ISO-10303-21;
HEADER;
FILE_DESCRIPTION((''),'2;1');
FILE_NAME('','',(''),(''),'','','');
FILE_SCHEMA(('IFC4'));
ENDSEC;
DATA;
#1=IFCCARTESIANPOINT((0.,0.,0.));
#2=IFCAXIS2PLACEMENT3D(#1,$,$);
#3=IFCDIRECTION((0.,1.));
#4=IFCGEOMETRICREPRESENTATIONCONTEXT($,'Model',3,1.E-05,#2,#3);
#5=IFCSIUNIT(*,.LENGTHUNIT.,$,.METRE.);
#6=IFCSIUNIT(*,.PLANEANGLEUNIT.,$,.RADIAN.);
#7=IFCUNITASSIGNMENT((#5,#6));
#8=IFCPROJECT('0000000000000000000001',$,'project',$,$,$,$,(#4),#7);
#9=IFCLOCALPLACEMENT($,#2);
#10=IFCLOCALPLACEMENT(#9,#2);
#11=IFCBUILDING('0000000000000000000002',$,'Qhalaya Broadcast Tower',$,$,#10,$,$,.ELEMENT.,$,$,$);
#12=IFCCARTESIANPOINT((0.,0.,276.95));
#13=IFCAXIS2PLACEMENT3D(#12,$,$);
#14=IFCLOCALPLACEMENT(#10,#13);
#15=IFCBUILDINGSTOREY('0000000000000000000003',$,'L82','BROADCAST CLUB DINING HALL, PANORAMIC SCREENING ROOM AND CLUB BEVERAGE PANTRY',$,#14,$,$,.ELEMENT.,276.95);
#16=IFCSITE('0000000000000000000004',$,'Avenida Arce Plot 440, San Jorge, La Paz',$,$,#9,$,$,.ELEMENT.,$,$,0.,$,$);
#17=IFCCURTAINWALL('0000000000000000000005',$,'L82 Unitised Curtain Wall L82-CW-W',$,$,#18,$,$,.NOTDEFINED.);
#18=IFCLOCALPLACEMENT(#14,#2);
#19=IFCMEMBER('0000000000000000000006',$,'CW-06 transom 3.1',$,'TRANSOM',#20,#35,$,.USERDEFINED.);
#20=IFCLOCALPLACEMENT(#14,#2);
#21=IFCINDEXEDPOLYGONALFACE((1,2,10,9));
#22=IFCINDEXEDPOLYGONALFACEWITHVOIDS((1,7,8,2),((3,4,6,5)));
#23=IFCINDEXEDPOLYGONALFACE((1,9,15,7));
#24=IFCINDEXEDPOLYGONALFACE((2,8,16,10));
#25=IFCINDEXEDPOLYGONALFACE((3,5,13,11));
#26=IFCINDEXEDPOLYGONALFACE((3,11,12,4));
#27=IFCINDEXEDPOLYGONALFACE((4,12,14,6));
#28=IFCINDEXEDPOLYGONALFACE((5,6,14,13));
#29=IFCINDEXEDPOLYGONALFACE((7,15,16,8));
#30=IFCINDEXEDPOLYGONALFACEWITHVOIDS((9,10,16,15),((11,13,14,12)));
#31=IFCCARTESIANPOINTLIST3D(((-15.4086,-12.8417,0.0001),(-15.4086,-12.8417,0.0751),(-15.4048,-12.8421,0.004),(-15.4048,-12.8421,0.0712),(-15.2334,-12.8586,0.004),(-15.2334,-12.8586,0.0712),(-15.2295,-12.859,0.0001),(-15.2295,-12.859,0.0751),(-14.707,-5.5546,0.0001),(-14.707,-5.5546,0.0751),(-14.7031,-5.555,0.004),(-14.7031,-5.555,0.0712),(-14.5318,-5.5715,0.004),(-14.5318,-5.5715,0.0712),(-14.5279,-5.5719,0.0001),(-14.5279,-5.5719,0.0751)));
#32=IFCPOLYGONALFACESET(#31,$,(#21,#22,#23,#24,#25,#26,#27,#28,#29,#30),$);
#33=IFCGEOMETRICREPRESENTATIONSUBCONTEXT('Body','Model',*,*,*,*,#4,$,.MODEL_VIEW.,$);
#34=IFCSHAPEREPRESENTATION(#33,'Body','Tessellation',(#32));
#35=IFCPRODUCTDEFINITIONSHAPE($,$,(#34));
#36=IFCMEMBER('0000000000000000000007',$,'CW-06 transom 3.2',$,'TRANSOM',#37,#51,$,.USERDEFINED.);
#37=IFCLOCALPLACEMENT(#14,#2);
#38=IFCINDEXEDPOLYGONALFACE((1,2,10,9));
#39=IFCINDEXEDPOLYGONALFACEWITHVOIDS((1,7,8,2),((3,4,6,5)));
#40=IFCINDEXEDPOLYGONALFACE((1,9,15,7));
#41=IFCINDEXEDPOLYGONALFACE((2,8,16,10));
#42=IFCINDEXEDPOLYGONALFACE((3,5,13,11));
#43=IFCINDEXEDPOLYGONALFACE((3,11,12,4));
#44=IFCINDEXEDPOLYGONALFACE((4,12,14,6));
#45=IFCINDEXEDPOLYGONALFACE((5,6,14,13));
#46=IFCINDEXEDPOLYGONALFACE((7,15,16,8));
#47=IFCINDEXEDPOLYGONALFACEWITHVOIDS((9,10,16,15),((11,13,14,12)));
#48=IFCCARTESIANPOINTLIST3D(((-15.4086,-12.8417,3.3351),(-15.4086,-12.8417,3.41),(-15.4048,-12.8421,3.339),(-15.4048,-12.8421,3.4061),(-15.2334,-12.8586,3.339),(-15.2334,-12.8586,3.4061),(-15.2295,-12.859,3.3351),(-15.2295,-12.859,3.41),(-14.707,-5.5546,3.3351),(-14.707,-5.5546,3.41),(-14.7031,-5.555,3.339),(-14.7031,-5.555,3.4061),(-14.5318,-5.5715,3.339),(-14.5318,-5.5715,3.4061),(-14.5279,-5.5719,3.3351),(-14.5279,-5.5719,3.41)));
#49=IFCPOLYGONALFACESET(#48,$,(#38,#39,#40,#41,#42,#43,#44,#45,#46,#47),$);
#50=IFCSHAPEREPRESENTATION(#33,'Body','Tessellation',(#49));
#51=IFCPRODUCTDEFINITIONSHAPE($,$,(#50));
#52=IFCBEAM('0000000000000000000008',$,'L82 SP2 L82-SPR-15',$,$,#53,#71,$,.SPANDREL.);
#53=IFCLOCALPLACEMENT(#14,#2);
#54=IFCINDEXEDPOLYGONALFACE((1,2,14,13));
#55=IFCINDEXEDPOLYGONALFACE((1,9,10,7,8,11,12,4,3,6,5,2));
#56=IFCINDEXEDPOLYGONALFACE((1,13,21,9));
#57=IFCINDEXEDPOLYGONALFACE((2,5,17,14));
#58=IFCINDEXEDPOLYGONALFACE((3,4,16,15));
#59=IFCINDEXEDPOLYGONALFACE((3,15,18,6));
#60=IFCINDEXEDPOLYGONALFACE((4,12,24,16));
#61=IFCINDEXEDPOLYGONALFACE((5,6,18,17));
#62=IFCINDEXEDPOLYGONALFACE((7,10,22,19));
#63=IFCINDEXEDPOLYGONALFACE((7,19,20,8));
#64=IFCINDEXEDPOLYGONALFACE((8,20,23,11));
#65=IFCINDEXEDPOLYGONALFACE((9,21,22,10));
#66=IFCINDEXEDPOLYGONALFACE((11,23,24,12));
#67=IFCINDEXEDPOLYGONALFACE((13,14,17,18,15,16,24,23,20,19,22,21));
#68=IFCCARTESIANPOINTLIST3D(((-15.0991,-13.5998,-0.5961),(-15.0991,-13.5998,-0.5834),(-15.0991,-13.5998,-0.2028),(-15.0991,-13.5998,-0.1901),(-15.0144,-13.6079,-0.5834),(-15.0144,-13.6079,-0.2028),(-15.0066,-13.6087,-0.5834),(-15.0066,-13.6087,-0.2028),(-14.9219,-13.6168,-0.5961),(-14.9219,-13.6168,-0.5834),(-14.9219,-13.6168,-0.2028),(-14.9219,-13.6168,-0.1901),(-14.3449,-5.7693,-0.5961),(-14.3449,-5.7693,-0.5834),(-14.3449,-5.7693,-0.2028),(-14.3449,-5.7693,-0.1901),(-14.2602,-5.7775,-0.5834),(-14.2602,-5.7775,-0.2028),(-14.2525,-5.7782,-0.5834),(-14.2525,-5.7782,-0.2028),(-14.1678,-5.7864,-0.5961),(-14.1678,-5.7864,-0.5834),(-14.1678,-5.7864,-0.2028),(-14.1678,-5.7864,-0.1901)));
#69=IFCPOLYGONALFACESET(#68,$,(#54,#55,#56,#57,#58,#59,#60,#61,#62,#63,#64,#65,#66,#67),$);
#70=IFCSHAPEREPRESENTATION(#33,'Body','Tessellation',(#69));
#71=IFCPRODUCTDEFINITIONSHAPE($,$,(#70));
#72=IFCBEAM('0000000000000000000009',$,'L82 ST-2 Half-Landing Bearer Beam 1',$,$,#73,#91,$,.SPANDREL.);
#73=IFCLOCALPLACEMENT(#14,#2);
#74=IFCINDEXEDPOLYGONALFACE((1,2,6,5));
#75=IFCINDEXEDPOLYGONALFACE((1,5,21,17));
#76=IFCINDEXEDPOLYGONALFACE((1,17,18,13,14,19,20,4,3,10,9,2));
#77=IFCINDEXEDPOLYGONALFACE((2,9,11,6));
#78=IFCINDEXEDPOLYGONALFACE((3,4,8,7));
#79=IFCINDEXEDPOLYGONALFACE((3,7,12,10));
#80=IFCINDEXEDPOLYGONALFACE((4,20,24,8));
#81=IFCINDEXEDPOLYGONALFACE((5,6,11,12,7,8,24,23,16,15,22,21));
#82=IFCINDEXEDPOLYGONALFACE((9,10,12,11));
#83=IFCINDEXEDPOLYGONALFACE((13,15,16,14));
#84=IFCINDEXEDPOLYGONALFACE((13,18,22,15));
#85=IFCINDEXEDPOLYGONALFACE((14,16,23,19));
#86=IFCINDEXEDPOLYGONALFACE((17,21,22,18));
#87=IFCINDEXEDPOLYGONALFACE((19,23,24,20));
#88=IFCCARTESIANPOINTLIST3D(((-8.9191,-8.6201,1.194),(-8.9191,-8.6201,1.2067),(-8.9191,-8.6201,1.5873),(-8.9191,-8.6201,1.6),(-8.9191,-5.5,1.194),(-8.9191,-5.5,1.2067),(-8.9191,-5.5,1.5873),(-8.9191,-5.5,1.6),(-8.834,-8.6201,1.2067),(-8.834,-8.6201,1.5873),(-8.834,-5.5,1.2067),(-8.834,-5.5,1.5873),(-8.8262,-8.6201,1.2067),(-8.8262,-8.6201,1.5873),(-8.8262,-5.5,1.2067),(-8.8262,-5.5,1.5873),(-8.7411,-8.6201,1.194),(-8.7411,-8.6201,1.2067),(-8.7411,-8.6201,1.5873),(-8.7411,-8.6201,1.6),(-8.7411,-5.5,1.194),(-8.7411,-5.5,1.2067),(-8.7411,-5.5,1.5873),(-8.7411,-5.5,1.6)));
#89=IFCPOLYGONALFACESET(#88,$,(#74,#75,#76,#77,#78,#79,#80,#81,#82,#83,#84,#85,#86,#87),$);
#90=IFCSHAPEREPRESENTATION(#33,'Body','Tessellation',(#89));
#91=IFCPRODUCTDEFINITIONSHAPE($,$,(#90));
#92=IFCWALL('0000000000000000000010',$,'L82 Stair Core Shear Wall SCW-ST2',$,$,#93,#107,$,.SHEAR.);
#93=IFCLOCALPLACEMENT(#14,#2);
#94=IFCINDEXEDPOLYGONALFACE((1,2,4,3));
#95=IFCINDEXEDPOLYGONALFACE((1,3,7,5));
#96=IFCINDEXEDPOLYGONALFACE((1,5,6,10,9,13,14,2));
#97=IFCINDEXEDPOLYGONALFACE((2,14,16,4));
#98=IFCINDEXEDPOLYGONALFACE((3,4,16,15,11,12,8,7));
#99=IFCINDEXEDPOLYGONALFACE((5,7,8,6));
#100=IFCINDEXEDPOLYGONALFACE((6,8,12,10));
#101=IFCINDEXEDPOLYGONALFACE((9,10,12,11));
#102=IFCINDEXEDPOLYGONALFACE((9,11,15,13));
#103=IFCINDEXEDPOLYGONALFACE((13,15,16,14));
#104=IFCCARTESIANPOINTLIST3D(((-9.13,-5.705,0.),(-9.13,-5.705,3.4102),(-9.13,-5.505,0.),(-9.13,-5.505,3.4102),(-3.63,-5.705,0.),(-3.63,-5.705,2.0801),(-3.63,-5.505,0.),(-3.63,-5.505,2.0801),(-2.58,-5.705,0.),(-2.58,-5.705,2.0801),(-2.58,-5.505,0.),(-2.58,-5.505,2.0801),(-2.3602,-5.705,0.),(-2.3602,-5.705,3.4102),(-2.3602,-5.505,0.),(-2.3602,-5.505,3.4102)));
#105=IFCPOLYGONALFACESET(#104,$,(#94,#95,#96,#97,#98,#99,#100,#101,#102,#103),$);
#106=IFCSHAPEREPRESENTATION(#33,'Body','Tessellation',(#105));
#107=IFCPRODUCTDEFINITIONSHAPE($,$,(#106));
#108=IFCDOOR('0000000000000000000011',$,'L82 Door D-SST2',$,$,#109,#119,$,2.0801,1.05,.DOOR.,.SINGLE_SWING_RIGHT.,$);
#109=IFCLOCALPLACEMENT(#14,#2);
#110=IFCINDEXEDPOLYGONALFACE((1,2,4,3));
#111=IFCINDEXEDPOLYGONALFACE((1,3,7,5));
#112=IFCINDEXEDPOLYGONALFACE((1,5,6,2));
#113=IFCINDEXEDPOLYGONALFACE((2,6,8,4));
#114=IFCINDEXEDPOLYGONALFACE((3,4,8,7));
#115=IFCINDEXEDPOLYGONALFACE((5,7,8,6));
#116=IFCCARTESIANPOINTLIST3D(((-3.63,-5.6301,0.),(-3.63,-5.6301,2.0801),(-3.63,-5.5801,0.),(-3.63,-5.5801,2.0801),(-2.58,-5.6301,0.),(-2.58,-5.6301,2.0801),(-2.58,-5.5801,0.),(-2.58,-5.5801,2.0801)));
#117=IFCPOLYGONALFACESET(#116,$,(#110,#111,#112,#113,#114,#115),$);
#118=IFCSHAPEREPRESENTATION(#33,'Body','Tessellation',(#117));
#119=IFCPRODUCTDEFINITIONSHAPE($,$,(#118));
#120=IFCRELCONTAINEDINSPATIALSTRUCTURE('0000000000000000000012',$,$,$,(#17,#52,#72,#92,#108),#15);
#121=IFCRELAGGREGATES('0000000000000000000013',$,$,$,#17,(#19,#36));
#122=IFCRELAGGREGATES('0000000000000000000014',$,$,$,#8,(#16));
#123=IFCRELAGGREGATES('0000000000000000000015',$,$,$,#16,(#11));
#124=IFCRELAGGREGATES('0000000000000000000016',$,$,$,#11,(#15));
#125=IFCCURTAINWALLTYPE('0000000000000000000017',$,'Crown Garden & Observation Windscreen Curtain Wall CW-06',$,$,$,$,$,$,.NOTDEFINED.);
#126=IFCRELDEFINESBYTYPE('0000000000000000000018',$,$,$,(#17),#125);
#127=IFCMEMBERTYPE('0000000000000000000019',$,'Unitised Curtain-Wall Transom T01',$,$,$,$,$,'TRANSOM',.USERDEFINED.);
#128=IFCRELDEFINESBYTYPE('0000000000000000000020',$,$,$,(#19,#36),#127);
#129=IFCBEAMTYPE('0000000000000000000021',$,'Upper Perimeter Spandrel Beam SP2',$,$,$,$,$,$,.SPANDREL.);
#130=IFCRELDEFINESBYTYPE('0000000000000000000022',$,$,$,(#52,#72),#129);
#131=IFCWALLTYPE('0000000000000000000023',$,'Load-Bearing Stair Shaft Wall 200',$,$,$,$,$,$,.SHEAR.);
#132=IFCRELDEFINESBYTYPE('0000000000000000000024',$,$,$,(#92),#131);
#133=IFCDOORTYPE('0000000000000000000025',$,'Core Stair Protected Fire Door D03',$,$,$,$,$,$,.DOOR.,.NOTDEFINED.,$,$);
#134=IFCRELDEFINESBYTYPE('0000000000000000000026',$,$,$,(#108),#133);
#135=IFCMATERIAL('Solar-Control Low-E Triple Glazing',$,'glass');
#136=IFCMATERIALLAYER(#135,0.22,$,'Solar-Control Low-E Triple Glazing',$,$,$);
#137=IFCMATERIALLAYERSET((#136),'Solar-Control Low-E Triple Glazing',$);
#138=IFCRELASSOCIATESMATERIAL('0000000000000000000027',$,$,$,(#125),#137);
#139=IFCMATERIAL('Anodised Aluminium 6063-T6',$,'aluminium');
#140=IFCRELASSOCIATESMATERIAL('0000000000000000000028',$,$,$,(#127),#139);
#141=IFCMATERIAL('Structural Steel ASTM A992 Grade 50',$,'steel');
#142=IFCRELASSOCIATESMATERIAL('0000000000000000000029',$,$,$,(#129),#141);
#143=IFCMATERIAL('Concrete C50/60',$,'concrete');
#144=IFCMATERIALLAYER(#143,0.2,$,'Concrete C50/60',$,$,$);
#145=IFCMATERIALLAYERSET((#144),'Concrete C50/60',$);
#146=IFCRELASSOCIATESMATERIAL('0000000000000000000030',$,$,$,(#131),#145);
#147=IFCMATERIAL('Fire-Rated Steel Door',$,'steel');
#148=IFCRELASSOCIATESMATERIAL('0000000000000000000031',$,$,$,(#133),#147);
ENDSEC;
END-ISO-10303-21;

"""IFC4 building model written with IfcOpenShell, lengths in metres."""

from ifc_helpers import new_model, si_unit, direction, frame, frame_2d, origin, origin_2d, place, context, subcontext, project, spatial, rectangle, hollow_rectangle, i_section, extrude, material, layer, layer_set, material_profile, profile_set, type_object, element, fill, aggregate, save


model = new_model("IFC4")

# Units and contexts
model_context = context("Model", 3, precision=1e-05, world=origin(), true_north=direction((0.0, 1.0)))
body_context = subcontext(model_context, "Body", "Model", "MODEL_VIEW")
ifc_project = project(units=[si_unit("LENGTHUNIT", "METRE"), si_unit("PLANEANGLEUNIT", "RADIAN")], contexts=[model_context])

# Site, building, storey
site_placement = place(None, origin())
site = spatial("IfcSite", under=ifc_project, at=site_placement, Name="Avenida Arce Plot 440, San Jorge, La Paz", CompositionType="ELEMENT", RefElevation=0.0)
building_placement = place(site_placement, origin())
building = spatial("IfcBuilding", under=site, at=building_placement, Name="Qhalaya Broadcast Tower", CompositionType="ELEMENT")
storey_placement = place(building_placement, frame((0.0, 0.0, 276.95)))
storey = spatial("IfcBuildingStorey", under=building, at=storey_placement, Name="L82", Description="BROADCAST CLUB DINING HALL, PANORAMIC SCREENING ROOM AND CLUB BEVERAGE PANTRY", CompositionType="ELEMENT", Elevation=276.95)

# Shared definitions
ifc_material_1 = material(Name="Concrete C50/60", Category="concrete")

# Shared definitions
ifc_material_2 = material(Name="Structural Steel ASTM A992 Grade 50", Category="steel")

# Curtain wall, members
ifc_material_3 = material(Name="Solar-Control Low-E Triple Glazing", Category="glass")
ifc_layer_1 = layer(ifc_material_3, 0.22, Name="Solar-Control Low-E Triple Glazing")
ifc_layer_set_1 = layer_set([ifc_layer_1], Name="Solar-Control Low-E Triple Glazing")
curtain_wall_type = type_object("IfcCurtainWallType", Name="Crown Garden & Observation Windscreen Curtain Wall CW-06", PredefinedType="NOTDEFINED", material=ifc_layer_set_1)
curtain_wall_placement = place(storey_placement, origin())
curtain_wall = element("IfcCurtainWall", 1, at=curtain_wall_placement, inside=storey, type_object=curtain_wall_type, Name="L82 Unitised Curtain Wall L82-CW-W", PredefinedType="NOTDEFINED")
ifc_material_4 = material(Name="Anodised Aluminium 6063-T6", Category="aluminium")
ifc_material_profile_1 = material_profile(ifc_material_4, hollow_rectangle(XDim=0.075, YDim=0.1799, WallThickness=0.0039, at=origin_2d()), Name="ALU-TRN 75x180x4")
ifc_profile_set_1 = profile_set([ifc_material_profile_1], Name="Anodised Aluminium 6063-T6")
member_type_1 = type_object("IfcMemberType", Name="Unitised Curtain-Wall Transom T01", ElementType="TRANSOM", PredefinedType="USERDEFINED", material=ifc_profile_set_1)
member_1_placement = place(storey_placement, frame((-14.6174, -5.5632, 0.0376), z_axis=(-0.095845, -0.995396, 0.0), x_axis=(0.0, 0.0, 1.0)))
member_1 = element("IfcMember", 2, at=member_1_placement, type_object=member_type_1, Name="CW-06 transom 3.1", ObjectType="TRANSOM", PredefinedType="USERDEFINED", context=body_context, shape_type="SweptSolid", body=[
    extrude(hollow_rectangle(XDim=0.075, YDim=0.1799, WallThickness=0.0039, at=origin_2d()), origin(), (0.0, 0.0, 1.0), 7.3208),
])
member_2_placement = place(storey_placement, frame((-14.6174, -5.5632, 3.3726), z_axis=(-0.095845, -0.995396, 0.0), x_axis=(0.0, 0.0, 1.0)))
member_2 = element("IfcMember", 3, at=member_2_placement, type_object=member_type_1, Name="CW-06 transom 3.2", ObjectType="TRANSOM", PredefinedType="USERDEFINED", context=body_context, shape_type="SweptSolid", body=[
    extrude(hollow_rectangle(XDim=0.075, YDim=0.1799, WallThickness=0.0039, at=origin_2d()), origin(), (0.0, 0.0, 1.0), 7.3208),
])
aggregate(curtain_wall, [member_1, member_2])

# Beams
ifc_material_profile_2 = material_profile(ifc_material_2, i_section(OverallWidth=0.178, OverallDepth=0.406, WebThickness=0.0078, FlangeThickness=0.0127, at=origin_2d()), Name="W16X40")
ifc_profile_set_2 = profile_set([ifc_material_profile_2], Name="Structural Steel ASTM A992 Grade 50")
beam_type_1 = type_object("IfcBeamType", Name="Upper Perimeter Spandrel Beam SP2", PredefinedType="SPANDREL", material=ifc_profile_set_2)
beam_1_placement = place(storey_placement, frame((-14.2563, -5.7778, -0.3931), z_axis=(-0.095865, -0.995394, 0.0), x_axis=(0.995394, -0.095865, 0.0)))
element("IfcBeam", 4, at=beam_1_placement, inside=storey, type_object=beam_type_1, Name="L82 SP2 L82-SPR-15", PredefinedType="SPANDREL", context=body_context, shape_type="SweptSolid", body=[
    extrude(i_section(OverallWidth=0.178, OverallDepth=0.406, WebThickness=0.0078, FlangeThickness=0.0127, at=origin_2d()), origin(), (0.0, 0.0, 1.0), 7.8667),
])
beam_2_placement = place(storey_placement, frame((-8.8301, -8.6201, 1.397), z_axis=(0.0, 1.0, 0.0), x_axis=(-1.0, 0.0, 0.0)))
element("IfcBeam", 5, at=beam_2_placement, inside=storey, type_object=beam_type_1, Name="L82 ST-2 Half-Landing Bearer Beam 1", PredefinedType="SPANDREL", context=body_context, shape_type="SweptSolid", body=[
    extrude(i_section(OverallWidth=0.178, OverallDepth=0.406, WebThickness=0.0078, FlangeThickness=0.0127, at=origin_2d()), origin(), (0.0, 0.0, 1.0), 3.1201),
])

# Wall, opening, door
ifc_layer_2 = layer(ifc_material_1, 0.2, Name="Concrete C50/60")
ifc_layer_set_2 = layer_set([ifc_layer_2], Name="Concrete C50/60")
wall_type_1 = type_object("IfcWallType", Name="Load-Bearing Stair Shaft Wall 200", PredefinedType="SHEAR", material=ifc_layer_set_2)
wall_1_placement = place(storey_placement, frame((-9.1299, -5.605, 0.0), z_axis=(0.0, 0.0, 1.0), x_axis=(1.0, 0.0, 0.0)))
wall_1 = element("IfcWall", 6, at=wall_1_placement, inside=storey, type_object=wall_type_1, Name="L82 Stair Core Shear Wall SCW-ST2", PredefinedType="SHEAR", context=body_context, shape_type="SweptSolid", body=[
    extrude(rectangle(XDim=6.7698, YDim=0.2, at=frame_2d((3.3848, 0.0))), origin(), (0.0, 0.0, 1.0), 3.4102),
])
opening_1_placement = place(wall_1_placement, frame((5.5, 0.0, 0.0)))
opening_1 = element("IfcOpeningElement", 7, at=opening_1_placement, cuts=wall_1, PredefinedType="OPENING", context=body_context, shape_type="SweptSolid", body=[
    extrude(rectangle(XDim=1.05, YDim=2.0801, at=frame_2d((0.5249, 1.04))), frame((0.0, 0.1121, 0.0), z_axis=(0.0, -1.0, 0.0), x_axis=(1.0, 0.0, 0.0)), (0.0, 0.0, 1.0), 0.2239),
])
ifc_material_5 = material(Name="Fire-Rated Steel Door", Category="steel")
door_type_1 = type_object("IfcDoorType", Name="Core Stair Protected Fire Door D03", OperationType="NOTDEFINED", PredefinedType="DOOR", material=ifc_material_5)
door_1_placement = place(opening_1_placement, origin())
door_1 = element("IfcDoor", 8, at=door_1_placement, inside=storey, type_object=door_type_1, Name="L82 Door D-SST2", OperationType="SINGLE_SWING_RIGHT", OverallHeight=2.0801, OverallWidth=1.05, PredefinedType="DOOR", context=body_context, shape_type="SweptSolid", body=[
    extrude(rectangle(XDim=1.05, YDim=2.0801, at=frame_2d((0.5249, 1.04))), frame((0.0, 0.0249, 0.0), z_axis=(0.0, -1.0, 0.0), x_axis=(1.0, 0.0, 0.0)), (0.0, 0.0, 1.0), 0.05),
])
fill(opening_1, door_1)

save(model, "model.ifc")
